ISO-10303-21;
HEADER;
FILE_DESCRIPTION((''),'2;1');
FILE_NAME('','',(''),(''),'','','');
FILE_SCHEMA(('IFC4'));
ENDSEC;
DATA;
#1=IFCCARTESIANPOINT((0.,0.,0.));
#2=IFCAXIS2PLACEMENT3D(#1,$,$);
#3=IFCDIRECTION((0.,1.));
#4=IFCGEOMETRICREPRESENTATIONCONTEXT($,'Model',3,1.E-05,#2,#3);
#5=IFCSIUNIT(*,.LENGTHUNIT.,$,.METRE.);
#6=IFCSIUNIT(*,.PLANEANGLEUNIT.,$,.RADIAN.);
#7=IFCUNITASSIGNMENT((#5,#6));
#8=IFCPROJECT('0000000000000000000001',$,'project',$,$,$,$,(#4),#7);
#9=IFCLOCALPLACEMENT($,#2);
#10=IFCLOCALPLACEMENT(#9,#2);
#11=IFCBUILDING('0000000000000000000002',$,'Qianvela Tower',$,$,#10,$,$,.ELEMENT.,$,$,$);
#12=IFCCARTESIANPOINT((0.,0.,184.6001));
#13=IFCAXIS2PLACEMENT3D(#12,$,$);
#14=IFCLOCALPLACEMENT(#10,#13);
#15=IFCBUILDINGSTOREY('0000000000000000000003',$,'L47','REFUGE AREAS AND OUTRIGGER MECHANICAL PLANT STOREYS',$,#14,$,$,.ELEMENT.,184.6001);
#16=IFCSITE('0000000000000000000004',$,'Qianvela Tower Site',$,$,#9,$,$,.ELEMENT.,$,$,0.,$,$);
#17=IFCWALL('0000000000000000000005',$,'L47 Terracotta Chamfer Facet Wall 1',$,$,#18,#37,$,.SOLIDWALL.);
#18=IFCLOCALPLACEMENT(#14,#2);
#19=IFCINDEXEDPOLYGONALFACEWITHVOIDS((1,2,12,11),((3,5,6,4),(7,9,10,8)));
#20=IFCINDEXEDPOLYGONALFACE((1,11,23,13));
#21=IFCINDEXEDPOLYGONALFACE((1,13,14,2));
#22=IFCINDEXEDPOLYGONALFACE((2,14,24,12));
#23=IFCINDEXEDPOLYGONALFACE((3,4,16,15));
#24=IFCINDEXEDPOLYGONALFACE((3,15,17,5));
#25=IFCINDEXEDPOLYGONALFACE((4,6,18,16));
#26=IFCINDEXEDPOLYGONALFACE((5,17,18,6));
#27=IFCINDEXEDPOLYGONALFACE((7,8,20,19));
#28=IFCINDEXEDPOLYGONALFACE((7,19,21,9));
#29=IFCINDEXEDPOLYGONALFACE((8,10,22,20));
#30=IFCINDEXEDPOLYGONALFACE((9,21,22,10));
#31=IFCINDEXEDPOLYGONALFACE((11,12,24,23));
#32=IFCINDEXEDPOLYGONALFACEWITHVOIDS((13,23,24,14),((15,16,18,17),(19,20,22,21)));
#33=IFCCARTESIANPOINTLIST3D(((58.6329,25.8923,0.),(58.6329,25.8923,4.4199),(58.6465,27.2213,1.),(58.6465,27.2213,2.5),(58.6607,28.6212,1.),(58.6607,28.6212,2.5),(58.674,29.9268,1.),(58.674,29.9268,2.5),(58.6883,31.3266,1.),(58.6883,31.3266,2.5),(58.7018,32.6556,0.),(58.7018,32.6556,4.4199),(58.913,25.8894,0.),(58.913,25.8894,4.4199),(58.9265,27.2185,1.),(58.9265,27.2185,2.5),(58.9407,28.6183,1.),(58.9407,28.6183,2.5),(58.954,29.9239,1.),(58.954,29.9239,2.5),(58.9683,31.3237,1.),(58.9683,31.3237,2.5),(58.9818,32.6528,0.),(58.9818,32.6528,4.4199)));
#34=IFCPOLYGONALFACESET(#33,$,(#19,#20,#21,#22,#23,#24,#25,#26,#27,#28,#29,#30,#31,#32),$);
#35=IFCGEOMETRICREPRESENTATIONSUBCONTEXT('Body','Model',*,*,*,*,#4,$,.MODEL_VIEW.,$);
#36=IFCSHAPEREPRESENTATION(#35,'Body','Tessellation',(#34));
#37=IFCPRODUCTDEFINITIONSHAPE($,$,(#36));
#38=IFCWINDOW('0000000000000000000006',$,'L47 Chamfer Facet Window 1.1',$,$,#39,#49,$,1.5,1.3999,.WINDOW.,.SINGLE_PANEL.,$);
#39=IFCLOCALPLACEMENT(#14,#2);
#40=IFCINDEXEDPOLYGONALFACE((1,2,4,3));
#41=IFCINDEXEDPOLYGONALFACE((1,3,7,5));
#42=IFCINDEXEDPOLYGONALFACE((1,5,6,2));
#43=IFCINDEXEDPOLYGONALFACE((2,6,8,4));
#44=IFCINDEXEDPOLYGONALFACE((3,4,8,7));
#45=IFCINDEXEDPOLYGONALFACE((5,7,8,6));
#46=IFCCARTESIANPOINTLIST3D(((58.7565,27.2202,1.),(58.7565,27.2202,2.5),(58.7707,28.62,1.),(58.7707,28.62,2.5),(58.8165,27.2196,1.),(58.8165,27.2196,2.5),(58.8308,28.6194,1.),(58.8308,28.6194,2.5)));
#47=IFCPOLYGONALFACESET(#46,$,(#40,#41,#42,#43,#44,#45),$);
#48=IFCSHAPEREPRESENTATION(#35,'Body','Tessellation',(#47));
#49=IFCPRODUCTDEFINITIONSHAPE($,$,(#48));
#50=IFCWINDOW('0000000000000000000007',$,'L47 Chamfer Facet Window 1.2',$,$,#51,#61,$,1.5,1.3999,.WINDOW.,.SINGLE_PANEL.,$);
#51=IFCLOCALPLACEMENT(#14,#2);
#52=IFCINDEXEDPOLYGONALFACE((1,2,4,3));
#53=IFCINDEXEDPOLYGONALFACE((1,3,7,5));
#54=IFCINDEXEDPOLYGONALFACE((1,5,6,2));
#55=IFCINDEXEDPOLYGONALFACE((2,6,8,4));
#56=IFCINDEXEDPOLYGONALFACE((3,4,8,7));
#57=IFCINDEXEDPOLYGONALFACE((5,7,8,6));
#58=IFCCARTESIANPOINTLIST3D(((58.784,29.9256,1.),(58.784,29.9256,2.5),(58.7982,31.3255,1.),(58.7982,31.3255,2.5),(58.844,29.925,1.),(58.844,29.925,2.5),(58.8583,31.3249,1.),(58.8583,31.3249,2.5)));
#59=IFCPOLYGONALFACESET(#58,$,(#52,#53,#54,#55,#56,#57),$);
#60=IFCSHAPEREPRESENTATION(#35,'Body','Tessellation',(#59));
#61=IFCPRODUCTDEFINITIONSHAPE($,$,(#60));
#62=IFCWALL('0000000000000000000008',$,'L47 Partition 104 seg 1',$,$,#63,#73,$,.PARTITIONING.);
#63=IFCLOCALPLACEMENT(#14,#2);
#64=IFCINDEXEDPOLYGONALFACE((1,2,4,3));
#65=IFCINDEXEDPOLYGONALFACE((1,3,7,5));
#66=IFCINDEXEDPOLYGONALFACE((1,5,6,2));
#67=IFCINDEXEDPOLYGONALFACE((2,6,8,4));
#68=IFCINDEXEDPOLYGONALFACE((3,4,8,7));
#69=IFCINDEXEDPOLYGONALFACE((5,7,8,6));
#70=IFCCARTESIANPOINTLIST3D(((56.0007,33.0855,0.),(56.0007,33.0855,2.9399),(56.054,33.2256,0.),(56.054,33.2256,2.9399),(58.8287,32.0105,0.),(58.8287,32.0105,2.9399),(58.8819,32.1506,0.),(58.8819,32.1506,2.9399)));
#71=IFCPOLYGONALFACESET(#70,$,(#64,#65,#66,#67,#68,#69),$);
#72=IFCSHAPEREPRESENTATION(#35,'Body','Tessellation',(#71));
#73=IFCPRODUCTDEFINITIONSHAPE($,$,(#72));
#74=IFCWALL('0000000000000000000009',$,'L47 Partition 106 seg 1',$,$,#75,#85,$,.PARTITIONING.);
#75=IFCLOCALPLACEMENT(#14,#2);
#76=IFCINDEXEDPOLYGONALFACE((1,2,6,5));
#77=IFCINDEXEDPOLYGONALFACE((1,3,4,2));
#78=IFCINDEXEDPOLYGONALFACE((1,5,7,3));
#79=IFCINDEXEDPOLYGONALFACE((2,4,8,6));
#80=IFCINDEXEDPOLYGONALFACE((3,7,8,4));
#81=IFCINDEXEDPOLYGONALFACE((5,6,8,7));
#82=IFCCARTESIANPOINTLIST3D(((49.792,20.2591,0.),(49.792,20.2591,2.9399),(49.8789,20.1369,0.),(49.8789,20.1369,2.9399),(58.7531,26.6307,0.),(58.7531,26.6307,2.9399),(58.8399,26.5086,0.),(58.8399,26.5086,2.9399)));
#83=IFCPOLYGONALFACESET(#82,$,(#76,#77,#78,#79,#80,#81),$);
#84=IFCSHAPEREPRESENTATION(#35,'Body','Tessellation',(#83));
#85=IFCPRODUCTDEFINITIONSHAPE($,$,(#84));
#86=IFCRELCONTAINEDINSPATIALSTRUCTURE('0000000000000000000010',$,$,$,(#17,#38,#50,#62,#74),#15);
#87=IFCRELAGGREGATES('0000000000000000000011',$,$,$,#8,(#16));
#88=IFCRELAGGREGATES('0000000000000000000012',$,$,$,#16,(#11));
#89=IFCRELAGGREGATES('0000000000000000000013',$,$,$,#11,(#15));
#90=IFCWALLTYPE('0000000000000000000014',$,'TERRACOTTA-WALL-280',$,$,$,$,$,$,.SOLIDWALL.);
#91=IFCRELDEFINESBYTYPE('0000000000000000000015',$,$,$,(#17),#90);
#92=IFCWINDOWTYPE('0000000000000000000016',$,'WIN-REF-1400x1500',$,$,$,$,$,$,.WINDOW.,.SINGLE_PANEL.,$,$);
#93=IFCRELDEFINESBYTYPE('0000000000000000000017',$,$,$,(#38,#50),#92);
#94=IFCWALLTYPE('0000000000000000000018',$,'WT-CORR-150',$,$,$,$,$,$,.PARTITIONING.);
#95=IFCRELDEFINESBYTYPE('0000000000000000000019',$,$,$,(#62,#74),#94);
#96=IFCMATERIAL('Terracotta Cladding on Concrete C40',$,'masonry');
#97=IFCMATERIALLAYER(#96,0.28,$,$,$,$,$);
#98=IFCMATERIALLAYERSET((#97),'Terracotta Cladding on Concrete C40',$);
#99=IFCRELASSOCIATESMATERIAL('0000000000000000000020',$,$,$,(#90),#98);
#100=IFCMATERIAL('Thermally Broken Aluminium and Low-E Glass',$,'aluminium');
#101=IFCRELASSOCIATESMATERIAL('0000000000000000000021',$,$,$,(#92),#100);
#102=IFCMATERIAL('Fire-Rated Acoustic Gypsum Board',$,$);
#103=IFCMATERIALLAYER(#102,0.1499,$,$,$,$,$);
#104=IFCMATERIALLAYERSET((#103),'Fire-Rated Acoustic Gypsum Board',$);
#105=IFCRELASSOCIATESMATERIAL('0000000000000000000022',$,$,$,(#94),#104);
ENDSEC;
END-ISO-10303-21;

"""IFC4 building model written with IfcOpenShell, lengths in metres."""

from ifc_helpers import new_model, si_unit, direction, frame, frame_2d, origin, place, context, subcontext, project, spatial, rectangle, extrude, material, layer, layer_set, type_object, element, fill, save


model = new_model("IFC4")

# Units and contexts
model_context = context("Model", 3, precision=1e-05, world=origin(), true_north=direction((0.0, 1.0)))
body_context = subcontext(model_context, "Body", "Model", "MODEL_VIEW")
ifc_project = project(units=[si_unit("LENGTHUNIT", "METRE"), si_unit("PLANEANGLEUNIT", "RADIAN")], contexts=[model_context])

# Site, building, storey
site_placement = place(None, origin())
site = spatial("IfcSite", under=ifc_project, at=site_placement, Name="Qianvela Tower Site", CompositionType="ELEMENT", RefElevation=0.0)
building_placement = place(site_placement, origin())
building = spatial("IfcBuilding", under=site, at=building_placement, Name="Qianvela Tower", CompositionType="ELEMENT")
storey_placement = place(building_placement, frame((0.0, 0.0, 184.6001)))
storey = spatial("IfcBuildingStorey", under=building, at=storey_placement, Name="L47", Description="REFUGE AREAS AND OUTRIGGER MECHANICAL PLANT STOREYS", CompositionType="ELEMENT", Elevation=184.6001)

# Wall, openings, windows
ifc_material_1 = material(Name="Terracotta Cladding on Concrete C40", Category="masonry")
ifc_layer_1 = layer(ifc_material_1, 0.28)
ifc_layer_set_1 = layer_set([ifc_layer_1], Name="Terracotta Cladding on Concrete C40")
wall_type_1 = type_object("IfcWallType", Name="TERRACOTTA-WALL-280", PredefinedType="SOLIDWALL", material=ifc_layer_set_1)
wall_1_placement = place(storey_placement, frame((58.7729, 25.8909, 0.0), z_axis=(0.0, 0.0, 1.0), x_axis=(0.010179, 0.999948, 0.0)))
wall_1 = element("IfcWall", 1, at=wall_1_placement, inside=storey, type_object=wall_type_1, Name="L47 Terracotta Chamfer Facet Wall 1", PredefinedType="SOLIDWALL", context=body_context, shape_type="SweptSolid", body=[
    extrude(rectangle(XDim=6.7637, YDim=0.28, at=frame_2d((3.3818, 0.0))), origin(), (0.0, 0.0, 1.0), 4.4199),
])
opening_1_placement = place(wall_1_placement, frame((1.3291, 0.0, 1.0)))
opening_1 = element("IfcOpeningElement", 2, at=opening_1_placement, cuts=wall_1, PredefinedType="OPENING", context=body_context, shape_type="SweptSolid", body=[
    extrude(rectangle(XDim=1.3999, YDim=1.5, at=frame_2d((0.7, 0.75))), frame((0.0, 0.1499, 0.0), z_axis=(0.0, -1.0, 0.0), x_axis=(1.0, 0.0, 0.0)), (0.0, 0.0, 1.0), 0.3),
])
opening_2_placement = place(wall_1_placement, frame((4.0347, 0.0, 1.0)))
opening_2 = element("IfcOpeningElement", 3, at=opening_2_placement, cuts=wall_1, PredefinedType="OPENING", context=body_context, shape_type="SweptSolid", body=[
    extrude(rectangle(XDim=1.3999, YDim=1.5, at=frame_2d((0.7, 0.75))), frame((0.0, 0.1499, 0.0), z_axis=(0.0, -1.0, 0.0), x_axis=(1.0, 0.0, 0.0)), (0.0, 0.0, 1.0), 0.3),
])
ifc_material_2 = material(Name="Thermally Broken Aluminium and Low-E Glass", Category="aluminium")
window_type = type_object("IfcWindowType", Name="WIN-REF-1400x1500", PartitioningType="SINGLE_PANEL", PredefinedType="WINDOW", material=ifc_material_2)
window_1_placement = place(opening_1_placement, origin())
window_1 = element("IfcWindow", 4, at=window_1_placement, inside=storey, type_object=window_type, Name="L47 Chamfer Facet Window 1.1", OverallHeight=1.5, OverallWidth=1.3999, PartitioningType="SINGLE_PANEL", PredefinedType="WINDOW", context=body_context, shape_type="SweptSolid", body=[
    extrude(rectangle(XDim=1.3999, YDim=1.5, at=frame_2d((0.7, 0.75))), frame((0.0, 0.03, 0.0), z_axis=(0.0, -1.0, 0.0), x_axis=(1.0, 0.0, 0.0)), (0.0, 0.0, 1.0), 0.0601),
])
fill(opening_1, window_1)
window_2_placement = place(opening_2_placement, origin())
window_2 = element("IfcWindow", 5, at=window_2_placement, inside=storey, type_object=window_type, Name="L47 Chamfer Facet Window 1.2", OverallHeight=1.5, OverallWidth=1.3999, PartitioningType="SINGLE_PANEL", PredefinedType="WINDOW", context=body_context, shape_type="SweptSolid", body=[
    extrude(rectangle(XDim=1.3999, YDim=1.5, at=frame_2d((0.7, 0.75))), frame((0.0, 0.03, 0.0), z_axis=(0.0, -1.0, 0.0), x_axis=(1.0, 0.0, 0.0)), (0.0, 0.0, 1.0), 0.0601),
])
fill(opening_2, window_2)

# Walls
ifc_material_3 = material(Name="Fire-Rated Acoustic Gypsum Board")
ifc_layer_2 = layer(ifc_material_3, 0.1499)
ifc_layer_set_2 = layer_set([ifc_layer_2], Name="Fire-Rated Acoustic Gypsum Board")
wall_type_2 = type_object("IfcWallType", Name="WT-CORR-150", PredefinedType="PARTITIONING", material=ifc_layer_set_2)
wall_2_placement = place(storey_placement, frame((56.0273, 33.1555, 0.0), z_axis=(0.0, 0.0, 1.0), x_axis=(0.934744, -0.355321, 0.0)))
element("IfcWall", 6, at=wall_2_placement, inside=storey, type_object=wall_type_2, Name="L47 Partition 104 seg 1", PredefinedType="PARTITIONING", context=body_context, shape_type="SweptSolid", body=[
    extrude(rectangle(XDim=3.0254, YDim=0.1499, at=frame_2d((1.5127, 0.0))), origin(), (0.0, 0.0, 1.0), 2.9399),
])
wall_3_placement = place(storey_placement, frame((58.7964, 26.5696, 0.0), z_axis=(0.0, 0.0, 1.0), x_axis=(-0.814983, -0.579485, 0.0)))
element("IfcWall", 7, at=wall_3_placement, inside=storey, type_object=wall_type_2, Name="L47 Partition 106 seg 1", PredefinedType="PARTITIONING", context=body_context, shape_type="SweptSolid", body=[
    extrude(rectangle(XDim=10.9954, YDim=0.1499, at=frame_2d((5.4976, 0.0))), origin(), (0.0, 0.0, 1.0), 2.9399),
])

save(model, "model.ifc")
